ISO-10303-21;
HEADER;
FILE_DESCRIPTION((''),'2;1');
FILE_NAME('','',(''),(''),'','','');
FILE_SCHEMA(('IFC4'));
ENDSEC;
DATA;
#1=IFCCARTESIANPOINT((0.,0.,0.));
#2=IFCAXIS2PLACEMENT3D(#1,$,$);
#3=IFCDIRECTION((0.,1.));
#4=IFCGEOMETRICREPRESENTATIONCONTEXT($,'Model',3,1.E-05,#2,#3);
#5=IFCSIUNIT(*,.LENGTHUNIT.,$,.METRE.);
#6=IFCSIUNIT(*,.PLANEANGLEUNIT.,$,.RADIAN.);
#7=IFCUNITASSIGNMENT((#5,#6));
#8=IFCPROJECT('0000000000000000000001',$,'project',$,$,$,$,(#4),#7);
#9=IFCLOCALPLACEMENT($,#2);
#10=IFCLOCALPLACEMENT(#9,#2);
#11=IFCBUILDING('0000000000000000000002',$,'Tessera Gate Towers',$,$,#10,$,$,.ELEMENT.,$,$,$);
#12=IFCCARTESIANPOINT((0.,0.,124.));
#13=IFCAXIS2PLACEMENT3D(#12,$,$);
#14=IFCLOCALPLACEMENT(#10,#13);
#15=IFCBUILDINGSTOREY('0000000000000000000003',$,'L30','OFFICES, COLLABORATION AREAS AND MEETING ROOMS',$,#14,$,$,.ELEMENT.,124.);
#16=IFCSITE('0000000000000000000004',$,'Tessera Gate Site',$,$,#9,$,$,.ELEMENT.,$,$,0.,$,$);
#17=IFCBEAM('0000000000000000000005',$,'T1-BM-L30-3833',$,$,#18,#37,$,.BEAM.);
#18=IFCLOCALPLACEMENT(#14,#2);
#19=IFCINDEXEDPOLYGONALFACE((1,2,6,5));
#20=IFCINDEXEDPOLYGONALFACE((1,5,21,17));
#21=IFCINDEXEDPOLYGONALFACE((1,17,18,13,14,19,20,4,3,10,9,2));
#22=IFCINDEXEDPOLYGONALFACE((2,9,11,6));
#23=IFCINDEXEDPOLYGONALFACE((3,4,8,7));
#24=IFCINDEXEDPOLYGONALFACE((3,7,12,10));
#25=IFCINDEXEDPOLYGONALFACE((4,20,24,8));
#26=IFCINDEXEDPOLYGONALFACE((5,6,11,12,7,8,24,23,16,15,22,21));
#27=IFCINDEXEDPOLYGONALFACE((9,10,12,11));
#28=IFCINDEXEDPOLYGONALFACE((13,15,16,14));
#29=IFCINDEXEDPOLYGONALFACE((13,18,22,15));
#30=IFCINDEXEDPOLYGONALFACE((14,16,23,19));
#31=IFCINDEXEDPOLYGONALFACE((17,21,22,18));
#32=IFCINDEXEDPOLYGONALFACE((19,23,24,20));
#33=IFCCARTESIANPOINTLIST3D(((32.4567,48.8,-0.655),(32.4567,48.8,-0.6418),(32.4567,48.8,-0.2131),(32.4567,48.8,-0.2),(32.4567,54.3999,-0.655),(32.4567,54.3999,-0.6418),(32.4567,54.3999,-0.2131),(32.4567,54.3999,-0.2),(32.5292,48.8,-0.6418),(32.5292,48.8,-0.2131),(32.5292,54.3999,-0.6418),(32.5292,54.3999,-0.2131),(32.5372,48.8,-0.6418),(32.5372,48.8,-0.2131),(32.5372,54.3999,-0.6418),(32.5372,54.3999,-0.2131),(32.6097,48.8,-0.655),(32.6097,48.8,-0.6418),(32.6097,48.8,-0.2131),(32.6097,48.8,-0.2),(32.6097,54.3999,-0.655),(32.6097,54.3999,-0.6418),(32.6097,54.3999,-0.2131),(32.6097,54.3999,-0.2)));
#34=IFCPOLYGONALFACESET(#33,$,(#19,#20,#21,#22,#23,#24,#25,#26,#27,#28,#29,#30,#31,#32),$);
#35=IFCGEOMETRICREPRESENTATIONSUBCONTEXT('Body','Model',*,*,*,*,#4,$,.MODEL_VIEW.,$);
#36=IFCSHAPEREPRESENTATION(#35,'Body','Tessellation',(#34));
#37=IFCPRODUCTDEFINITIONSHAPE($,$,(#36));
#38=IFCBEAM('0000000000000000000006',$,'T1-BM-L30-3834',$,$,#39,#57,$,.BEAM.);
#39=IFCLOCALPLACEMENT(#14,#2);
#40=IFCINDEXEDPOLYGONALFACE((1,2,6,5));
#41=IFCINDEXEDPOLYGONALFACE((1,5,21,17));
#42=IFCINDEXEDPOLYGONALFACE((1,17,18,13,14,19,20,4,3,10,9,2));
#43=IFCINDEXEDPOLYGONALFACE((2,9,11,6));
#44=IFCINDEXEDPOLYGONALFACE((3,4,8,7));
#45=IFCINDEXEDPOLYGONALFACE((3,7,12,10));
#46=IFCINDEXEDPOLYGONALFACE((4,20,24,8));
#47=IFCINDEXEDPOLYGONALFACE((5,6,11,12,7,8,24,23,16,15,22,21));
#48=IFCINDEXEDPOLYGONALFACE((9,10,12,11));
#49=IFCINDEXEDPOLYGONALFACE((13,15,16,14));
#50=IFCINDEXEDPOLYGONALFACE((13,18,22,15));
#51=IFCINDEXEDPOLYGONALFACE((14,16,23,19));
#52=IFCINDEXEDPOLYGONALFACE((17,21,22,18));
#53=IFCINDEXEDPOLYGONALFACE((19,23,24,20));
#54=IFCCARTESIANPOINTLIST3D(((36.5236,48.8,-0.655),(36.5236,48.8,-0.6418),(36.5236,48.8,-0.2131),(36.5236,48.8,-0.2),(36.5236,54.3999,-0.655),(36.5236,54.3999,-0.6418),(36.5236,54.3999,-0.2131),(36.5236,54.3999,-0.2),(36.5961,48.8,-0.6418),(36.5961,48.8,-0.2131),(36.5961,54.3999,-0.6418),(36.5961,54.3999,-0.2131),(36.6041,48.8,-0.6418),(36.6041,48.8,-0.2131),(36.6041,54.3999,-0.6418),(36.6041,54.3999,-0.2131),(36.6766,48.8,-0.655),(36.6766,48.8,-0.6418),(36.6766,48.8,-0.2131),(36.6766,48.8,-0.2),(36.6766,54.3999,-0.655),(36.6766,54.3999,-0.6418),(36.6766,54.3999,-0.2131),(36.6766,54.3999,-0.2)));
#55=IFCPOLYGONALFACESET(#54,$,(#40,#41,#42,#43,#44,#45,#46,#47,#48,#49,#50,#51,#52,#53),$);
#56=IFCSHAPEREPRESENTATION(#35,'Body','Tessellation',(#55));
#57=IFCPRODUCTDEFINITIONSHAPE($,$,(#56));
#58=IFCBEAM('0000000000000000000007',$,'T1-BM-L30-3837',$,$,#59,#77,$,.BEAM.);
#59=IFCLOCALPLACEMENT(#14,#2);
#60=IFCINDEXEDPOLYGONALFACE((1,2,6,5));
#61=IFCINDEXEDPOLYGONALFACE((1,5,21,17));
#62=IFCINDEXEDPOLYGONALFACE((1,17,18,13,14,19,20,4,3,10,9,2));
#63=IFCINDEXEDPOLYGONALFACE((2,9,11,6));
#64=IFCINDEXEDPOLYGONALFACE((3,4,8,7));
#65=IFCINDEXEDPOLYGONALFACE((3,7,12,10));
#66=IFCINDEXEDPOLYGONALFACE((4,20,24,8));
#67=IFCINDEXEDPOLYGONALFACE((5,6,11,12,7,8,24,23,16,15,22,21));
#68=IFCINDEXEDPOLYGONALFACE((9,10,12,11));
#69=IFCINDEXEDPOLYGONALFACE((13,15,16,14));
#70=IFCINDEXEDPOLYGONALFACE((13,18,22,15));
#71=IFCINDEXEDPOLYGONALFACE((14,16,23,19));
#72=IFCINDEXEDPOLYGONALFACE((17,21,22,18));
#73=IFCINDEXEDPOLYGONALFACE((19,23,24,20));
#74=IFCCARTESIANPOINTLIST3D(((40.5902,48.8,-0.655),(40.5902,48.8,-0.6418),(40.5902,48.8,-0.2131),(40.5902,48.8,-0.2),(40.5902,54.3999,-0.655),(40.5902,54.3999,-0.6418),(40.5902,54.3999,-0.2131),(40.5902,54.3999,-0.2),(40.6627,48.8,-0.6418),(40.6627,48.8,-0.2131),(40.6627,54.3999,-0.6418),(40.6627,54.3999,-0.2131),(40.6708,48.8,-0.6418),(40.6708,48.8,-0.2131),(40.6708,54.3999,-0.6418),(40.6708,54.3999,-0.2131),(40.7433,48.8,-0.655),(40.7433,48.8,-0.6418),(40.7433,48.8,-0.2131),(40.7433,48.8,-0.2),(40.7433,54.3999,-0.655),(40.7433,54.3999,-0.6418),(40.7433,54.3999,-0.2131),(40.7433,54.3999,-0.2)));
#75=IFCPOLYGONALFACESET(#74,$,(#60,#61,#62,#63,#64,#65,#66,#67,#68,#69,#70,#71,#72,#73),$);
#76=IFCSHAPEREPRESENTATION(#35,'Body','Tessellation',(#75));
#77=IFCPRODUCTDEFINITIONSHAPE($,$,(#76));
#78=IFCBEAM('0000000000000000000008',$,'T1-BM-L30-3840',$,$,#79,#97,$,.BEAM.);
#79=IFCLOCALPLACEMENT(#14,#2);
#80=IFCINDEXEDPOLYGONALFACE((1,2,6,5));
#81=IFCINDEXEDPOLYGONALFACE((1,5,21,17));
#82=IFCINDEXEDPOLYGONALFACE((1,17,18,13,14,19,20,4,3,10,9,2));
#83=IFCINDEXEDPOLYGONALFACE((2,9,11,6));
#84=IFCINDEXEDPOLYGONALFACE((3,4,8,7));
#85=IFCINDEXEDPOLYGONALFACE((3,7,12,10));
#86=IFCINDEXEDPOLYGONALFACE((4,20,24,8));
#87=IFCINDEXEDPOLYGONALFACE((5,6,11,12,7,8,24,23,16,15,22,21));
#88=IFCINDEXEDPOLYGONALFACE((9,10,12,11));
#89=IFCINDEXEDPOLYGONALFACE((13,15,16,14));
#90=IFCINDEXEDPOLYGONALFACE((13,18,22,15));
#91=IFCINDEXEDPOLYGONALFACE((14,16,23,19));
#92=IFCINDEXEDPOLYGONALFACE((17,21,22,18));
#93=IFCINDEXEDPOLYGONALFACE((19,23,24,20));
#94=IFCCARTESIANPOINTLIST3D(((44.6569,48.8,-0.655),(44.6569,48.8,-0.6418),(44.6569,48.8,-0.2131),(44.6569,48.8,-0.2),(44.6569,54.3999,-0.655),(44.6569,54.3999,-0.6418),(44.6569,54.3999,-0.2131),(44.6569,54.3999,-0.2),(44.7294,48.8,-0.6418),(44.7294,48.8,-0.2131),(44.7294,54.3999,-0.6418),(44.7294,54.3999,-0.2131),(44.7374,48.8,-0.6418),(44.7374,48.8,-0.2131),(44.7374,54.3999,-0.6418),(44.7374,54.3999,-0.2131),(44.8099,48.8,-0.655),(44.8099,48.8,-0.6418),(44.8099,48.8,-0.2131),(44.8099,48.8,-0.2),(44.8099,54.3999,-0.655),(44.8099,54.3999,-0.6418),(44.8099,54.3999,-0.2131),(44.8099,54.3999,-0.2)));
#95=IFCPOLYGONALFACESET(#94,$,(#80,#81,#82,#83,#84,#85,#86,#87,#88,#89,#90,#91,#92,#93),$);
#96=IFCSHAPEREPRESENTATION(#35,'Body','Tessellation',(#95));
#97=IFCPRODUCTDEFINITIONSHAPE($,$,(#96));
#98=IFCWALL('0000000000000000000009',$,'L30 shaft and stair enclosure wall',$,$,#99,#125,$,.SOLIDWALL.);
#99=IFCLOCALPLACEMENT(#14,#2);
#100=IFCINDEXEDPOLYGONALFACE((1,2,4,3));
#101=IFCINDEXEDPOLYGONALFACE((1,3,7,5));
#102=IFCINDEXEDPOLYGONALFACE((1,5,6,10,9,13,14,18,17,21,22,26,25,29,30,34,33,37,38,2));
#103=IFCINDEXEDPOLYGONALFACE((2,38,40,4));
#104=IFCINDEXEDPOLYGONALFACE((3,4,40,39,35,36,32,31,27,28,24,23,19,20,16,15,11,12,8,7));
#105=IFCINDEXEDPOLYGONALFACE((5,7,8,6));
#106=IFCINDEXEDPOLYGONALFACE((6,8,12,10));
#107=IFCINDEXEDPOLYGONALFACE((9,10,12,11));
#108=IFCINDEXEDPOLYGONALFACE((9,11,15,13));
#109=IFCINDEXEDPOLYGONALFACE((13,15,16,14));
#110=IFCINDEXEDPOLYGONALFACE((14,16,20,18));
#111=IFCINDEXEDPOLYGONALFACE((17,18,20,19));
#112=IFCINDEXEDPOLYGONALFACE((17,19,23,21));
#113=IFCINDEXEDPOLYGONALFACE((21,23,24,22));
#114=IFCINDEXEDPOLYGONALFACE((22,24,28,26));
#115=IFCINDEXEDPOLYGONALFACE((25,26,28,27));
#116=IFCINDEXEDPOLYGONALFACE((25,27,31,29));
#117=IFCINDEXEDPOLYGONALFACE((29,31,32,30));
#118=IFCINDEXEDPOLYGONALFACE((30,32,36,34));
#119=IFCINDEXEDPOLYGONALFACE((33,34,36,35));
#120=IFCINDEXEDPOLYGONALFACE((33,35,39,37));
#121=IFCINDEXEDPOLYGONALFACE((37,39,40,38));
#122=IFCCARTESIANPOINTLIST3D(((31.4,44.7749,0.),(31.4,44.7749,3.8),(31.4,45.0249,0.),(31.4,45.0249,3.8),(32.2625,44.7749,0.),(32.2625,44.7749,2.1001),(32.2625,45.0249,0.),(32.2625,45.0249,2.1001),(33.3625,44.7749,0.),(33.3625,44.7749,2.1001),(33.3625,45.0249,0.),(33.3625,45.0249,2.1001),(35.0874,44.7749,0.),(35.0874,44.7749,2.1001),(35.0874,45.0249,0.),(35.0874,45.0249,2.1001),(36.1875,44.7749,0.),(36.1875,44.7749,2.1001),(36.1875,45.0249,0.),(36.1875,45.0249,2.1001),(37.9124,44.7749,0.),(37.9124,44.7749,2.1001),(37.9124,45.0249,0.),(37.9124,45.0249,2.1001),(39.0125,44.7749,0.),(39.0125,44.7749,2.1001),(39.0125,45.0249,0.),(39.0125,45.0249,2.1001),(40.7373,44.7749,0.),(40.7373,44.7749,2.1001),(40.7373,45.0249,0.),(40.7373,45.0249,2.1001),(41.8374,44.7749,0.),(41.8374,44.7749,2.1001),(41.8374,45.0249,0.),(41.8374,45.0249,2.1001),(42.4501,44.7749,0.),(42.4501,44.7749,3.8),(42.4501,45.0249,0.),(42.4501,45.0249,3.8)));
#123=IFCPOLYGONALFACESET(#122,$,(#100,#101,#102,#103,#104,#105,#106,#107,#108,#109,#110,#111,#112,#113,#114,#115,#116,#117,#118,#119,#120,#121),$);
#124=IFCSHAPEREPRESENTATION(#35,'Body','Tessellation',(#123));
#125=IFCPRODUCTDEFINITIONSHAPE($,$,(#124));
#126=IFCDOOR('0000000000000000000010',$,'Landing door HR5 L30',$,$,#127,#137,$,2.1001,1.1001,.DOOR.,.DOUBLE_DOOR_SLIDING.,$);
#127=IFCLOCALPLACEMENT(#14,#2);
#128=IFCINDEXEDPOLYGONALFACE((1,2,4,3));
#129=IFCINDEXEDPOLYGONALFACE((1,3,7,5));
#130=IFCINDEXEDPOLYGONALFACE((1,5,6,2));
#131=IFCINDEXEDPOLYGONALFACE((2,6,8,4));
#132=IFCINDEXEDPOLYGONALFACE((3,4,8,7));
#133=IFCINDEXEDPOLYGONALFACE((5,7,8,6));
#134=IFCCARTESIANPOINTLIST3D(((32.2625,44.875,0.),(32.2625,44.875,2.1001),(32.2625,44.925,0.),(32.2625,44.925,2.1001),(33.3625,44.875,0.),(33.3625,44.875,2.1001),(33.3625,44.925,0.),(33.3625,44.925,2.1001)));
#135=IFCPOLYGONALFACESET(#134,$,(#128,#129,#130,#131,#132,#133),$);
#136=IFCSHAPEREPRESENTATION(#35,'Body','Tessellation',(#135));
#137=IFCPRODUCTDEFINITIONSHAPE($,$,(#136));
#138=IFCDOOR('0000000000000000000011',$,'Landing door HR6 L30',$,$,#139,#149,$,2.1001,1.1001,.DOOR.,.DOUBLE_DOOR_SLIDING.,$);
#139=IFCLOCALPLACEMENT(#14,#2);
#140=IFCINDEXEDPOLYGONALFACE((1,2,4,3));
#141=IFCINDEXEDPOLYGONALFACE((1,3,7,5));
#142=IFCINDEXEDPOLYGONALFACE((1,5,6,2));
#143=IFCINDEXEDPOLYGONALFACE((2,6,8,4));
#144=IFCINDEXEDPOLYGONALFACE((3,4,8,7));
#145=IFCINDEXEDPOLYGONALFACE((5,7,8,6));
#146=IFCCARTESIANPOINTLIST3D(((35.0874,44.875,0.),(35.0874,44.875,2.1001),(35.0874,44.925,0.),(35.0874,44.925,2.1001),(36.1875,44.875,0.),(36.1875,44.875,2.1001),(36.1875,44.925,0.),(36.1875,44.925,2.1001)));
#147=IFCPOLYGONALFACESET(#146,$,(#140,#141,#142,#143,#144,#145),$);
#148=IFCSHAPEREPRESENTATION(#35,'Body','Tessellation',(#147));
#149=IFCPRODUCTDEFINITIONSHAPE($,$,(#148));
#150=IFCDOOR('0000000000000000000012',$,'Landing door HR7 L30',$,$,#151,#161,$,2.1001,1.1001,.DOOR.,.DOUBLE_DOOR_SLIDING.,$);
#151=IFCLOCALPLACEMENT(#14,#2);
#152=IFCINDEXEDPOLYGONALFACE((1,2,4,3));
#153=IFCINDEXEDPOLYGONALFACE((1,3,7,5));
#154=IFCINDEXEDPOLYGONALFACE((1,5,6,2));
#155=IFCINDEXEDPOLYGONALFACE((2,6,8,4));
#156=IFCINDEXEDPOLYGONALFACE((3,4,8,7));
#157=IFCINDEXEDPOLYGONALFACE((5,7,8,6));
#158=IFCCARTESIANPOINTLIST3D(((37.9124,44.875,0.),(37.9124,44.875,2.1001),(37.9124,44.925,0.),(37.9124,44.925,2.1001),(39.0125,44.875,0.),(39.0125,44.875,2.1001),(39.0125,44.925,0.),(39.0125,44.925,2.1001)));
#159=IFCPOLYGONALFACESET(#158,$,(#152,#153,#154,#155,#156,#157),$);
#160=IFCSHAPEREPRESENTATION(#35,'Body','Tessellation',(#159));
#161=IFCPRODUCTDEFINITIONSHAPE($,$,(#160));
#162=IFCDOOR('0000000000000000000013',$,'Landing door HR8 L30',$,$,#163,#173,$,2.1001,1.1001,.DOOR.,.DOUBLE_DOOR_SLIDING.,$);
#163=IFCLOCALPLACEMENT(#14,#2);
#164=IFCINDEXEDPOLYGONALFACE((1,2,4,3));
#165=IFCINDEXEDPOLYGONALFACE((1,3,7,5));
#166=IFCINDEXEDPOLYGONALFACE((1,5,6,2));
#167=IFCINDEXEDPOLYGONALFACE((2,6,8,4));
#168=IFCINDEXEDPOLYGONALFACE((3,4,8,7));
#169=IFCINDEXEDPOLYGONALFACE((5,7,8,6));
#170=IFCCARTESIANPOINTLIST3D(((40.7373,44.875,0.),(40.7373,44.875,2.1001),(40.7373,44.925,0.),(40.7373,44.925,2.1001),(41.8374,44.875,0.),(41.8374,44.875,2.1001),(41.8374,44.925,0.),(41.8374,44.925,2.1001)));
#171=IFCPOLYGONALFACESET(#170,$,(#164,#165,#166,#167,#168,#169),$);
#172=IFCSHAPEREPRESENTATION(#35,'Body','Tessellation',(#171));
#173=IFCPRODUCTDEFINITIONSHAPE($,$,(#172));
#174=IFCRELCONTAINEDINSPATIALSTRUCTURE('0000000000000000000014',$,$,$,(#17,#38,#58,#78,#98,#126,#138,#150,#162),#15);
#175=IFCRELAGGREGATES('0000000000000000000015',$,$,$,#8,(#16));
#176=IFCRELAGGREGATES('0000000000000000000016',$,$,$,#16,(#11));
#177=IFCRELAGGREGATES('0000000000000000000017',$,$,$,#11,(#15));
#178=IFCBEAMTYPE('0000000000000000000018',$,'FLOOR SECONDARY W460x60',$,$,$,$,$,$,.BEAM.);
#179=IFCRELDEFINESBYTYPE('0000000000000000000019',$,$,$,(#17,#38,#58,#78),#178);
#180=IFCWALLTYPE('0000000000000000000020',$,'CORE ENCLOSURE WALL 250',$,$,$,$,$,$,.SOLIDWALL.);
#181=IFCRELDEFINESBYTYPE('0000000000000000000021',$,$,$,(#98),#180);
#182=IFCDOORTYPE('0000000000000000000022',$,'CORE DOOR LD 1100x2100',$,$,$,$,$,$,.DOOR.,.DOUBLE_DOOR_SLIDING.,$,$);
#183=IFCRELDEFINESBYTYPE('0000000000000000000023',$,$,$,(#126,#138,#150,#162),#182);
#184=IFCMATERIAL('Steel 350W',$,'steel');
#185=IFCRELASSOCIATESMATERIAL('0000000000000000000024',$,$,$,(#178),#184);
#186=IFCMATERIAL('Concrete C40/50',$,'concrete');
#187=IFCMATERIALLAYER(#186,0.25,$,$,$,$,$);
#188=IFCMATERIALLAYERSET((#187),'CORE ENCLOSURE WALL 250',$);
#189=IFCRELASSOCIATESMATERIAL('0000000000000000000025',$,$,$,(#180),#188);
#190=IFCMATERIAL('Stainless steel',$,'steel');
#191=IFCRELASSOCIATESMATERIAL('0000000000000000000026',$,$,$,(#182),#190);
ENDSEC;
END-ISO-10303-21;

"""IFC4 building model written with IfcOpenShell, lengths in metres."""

from ifc_helpers import new_model, si_unit, direction, frame, frame_2d, origin, origin_2d, place, context, subcontext, project, spatial, rectangle, i_section, extrude, source, transform, mapped, material, layer, layer_set, material_profile, profile_set, type_object, element, fill, save


model = new_model("IFC4")

# Units and contexts
model_context = context("Model", 3, precision=1e-05, world=origin(), true_north=direction((0.0, 1.0)))
body_context = subcontext(model_context, "Body", "Model", "MODEL_VIEW")
ifc_project = project(units=[si_unit("LENGTHUNIT", "METRE"), si_unit("PLANEANGLEUNIT", "RADIAN")], contexts=[model_context])

# Site, building, storey
site_placement = place(None, origin())
site = spatial("IfcSite", under=ifc_project, at=site_placement, Name="Tessera Gate Site", CompositionType="ELEMENT", RefElevation=0.0)
building_placement = place(site_placement, origin())
building = spatial("IfcBuilding", under=site, at=building_placement, Name="Tessera Gate Towers", CompositionType="ELEMENT")
storey_placement = place(building_placement, frame((0.0, 0.0, 124.0)))
storey = spatial("IfcBuildingStorey", under=building, at=storey_placement, Name="L30", Description="OFFICES, COLLABORATION AREAS AND MEETING ROOMS", CompositionType="ELEMENT", Elevation=124.0)

# Beams
ifc_material_1 = material(Name="Steel 350W", Category="steel")
ifc_material_profile = material_profile(ifc_material_1, i_section(OverallWidth=0.1531, OverallDepth=0.4551, WebThickness=0.0081, FlangeThickness=0.0132, at=origin_2d()), Name="W460x60")
ifc_profile_set = profile_set([ifc_material_profile], Name="Steel 350W")
beam_type = type_object("IfcBeamType", Name="FLOOR SECONDARY W460x60", PredefinedType="BEAM", material=ifc_profile_set)
for number, where, z_axis, x_axis, name in (
    (1, (32.5332, 48.8, -0.4275), (0.0, 1.0, 0.0), (-1.0, 0.0, 0.0), "T1-BM-L30-3833"),
    (2, (36.6001, 48.8, -0.4275), (0.0, 1.0, 0.0), (-1.0, 0.0, 0.0), "T1-BM-L30-3834"),
    (3, (40.6667, 48.8, -0.4275), (0.0, 1.0, 0.0), (-1.0, 0.0, 0.0), "T1-BM-L30-3837"),
    (4, (44.7334, 48.8, -0.4275), (0.0, 1.0, 0.0), (-1.0, 0.0, 0.0), "T1-BM-L30-3840"),
):
    element("IfcBeam", number, at=place(storey_placement, frame(where, z_axis=z_axis, x_axis=x_axis)), inside=storey, type_object=beam_type, Name=name, PredefinedType="BEAM", context=body_context, shape_type="SweptSolid", body=[
        extrude(i_section(OverallWidth=0.1531, OverallDepth=0.4551, WebThickness=0.0081, FlangeThickness=0.0132, at=origin_2d()), origin(), (0.0, 0.0, 1.0), 5.5999),
    ])

# Wall, openings, doors
ifc_material_2 = material(Name="Concrete C40/50", Category="concrete")
ifc_layer_1 = layer(ifc_material_2, 0.25)
ifc_layer_set_1 = layer_set([ifc_layer_1], Name="CORE ENCLOSURE WALL 250")
wall_type_1 = type_object("IfcWallType", Name="CORE ENCLOSURE WALL 250", PredefinedType="SOLIDWALL", material=ifc_layer_set_1)
wall_1_placement = place(storey_placement, frame((42.45, 44.8999, 0.0), z_axis=(0.0, 0.0, 1.0), x_axis=(-1.0, 0.0, 0.0)))
wall_1 = element("IfcWall", 5, at=wall_1_placement, inside=storey, type_object=wall_type_1, Name="L30 shaft and stair enclosure wall", PredefinedType="SOLIDWALL", context=body_context, shape_type="SweptSolid", body=[
    extrude(rectangle(XDim=11.05, YDim=0.25, at=frame_2d((5.5249, 0.0))), origin(), (0.0, 0.0, 1.0), 3.8),
])
shared_shape_1 = source(origin(), body_context, "Body", "SweptSolid", [
    extrude(rectangle(XDim=1.1001, YDim=2.1001, at=frame_2d((0.55, 1.05))), frame((0.0, 0.135, 0.0), z_axis=(0.0, -1.0, 0.0), x_axis=(1.0, 0.0, 0.0)), (0.0, 0.0, 1.0), 0.27),
])
opening_1_placement = place(wall_1_placement, frame((9.0874, 0.0, 0.0)))
opening_1 = element("IfcOpeningElement", 6, at=opening_1_placement, cuts=wall_1, PredefinedType="OPENING", context=body_context, shape_type="MappedRepresentation", body=[
    mapped(shared_shape_1, transform((0.0, 0.0, 0.0), scale=1.0)),
])
opening_2_placement = place(wall_1_placement, frame((6.2625, 0.0, 0.0)))
opening_2 = element("IfcOpeningElement", 7, at=opening_2_placement, cuts=wall_1, PredefinedType="OPENING", context=body_context, shape_type="MappedRepresentation", body=[
    mapped(shared_shape_1, transform((0.0, 0.0, 0.0), scale=1.0)),
])
opening_3_placement = place(wall_1_placement, frame((3.4375, 0.0, 0.0)))
opening_3 = element("IfcOpeningElement", 8, at=opening_3_placement, cuts=wall_1, PredefinedType="OPENING", context=body_context, shape_type="MappedRepresentation", body=[
    mapped(shared_shape_1, transform((0.0, 0.0, 0.0), scale=1.0)),
])
opening_4_placement = place(wall_1_placement, frame((0.6125, 0.0, 0.0)))
opening_4 = element("IfcOpeningElement", 9, at=opening_4_placement, cuts=wall_1, PredefinedType="OPENING", context=body_context, shape_type="MappedRepresentation", body=[
    mapped(shared_shape_1, transform((0.0, 0.0, 0.0), scale=1.0)),
])
ifc_material_3 = material(Name="Stainless steel", Category="steel")
door_type_1 = type_object("IfcDoorType", Name="CORE DOOR LD 1100x2100", OperationType="DOUBLE_DOOR_SLIDING", PredefinedType="DOOR", material=ifc_material_3)
shared_shape_2 = source(origin(), body_context, "Body", "SweptSolid", [
    extrude(rectangle(XDim=1.1001, YDim=2.1001, at=frame_2d((0.55, 1.05))), frame((0.0, 0.0249, 0.0), z_axis=(0.0, -1.0, 0.0), x_axis=(1.0, 0.0, 0.0)), (0.0, 0.0, 1.0), 0.05),
])
door_1_placement = place(opening_1_placement, origin())
door_1 = element("IfcDoor", 10, at=door_1_placement, inside=storey, type_object=door_type_1, Name="Landing door HR5 L30", OperationType="DOUBLE_DOOR_SLIDING", OverallHeight=2.1001, OverallWidth=1.1001, PredefinedType="DOOR", context=body_context, shape_type="MappedRepresentation", body=[
    mapped(shared_shape_2, transform((0.0, 0.0, 0.0), scale=1.0)),
])
fill(opening_1, door_1)
door_2_placement = place(opening_2_placement, origin())
door_2 = element("IfcDoor", 11, at=door_2_placement, inside=storey, type_object=door_type_1, Name="Landing door HR6 L30", OperationType="DOUBLE_DOOR_SLIDING", OverallHeight=2.1001, OverallWidth=1.1001, PredefinedType="DOOR", context=body_context, shape_type="MappedRepresentation", body=[
    mapped(shared_shape_2, transform((0.0, 0.0, 0.0), scale=1.0)),
])
fill(opening_2, door_2)
door_3_placement = place(opening_3_placement, origin())
door_3 = element("IfcDoor", 12, at=door_3_placement, inside=storey, type_object=door_type_1, Name="Landing door HR7 L30", OperationType="DOUBLE_DOOR_SLIDING", OverallHeight=2.1001, OverallWidth=1.1001, PredefinedType="DOOR", context=body_context, shape_type="MappedRepresentation", body=[
    mapped(shared_shape_2, transform((0.0, 0.0, 0.0), scale=1.0)),
])
fill(opening_3, door_3)
door_4_placement = place(opening_4_placement, origin())
door_4 = element("IfcDoor", 13, at=door_4_placement, inside=storey, type_object=door_type_1, Name="Landing door HR8 L30", OperationType="DOUBLE_DOOR_SLIDING", OverallHeight=2.1001, OverallWidth=1.1001, PredefinedType="DOOR", context=body_context, shape_type="MappedRepresentation", body=[
    mapped(shared_shape_2, transform((0.0, 0.0, 0.0), scale=1.0)),
])
fill(opening_4, door_4)

save(model, "model.ifc")
